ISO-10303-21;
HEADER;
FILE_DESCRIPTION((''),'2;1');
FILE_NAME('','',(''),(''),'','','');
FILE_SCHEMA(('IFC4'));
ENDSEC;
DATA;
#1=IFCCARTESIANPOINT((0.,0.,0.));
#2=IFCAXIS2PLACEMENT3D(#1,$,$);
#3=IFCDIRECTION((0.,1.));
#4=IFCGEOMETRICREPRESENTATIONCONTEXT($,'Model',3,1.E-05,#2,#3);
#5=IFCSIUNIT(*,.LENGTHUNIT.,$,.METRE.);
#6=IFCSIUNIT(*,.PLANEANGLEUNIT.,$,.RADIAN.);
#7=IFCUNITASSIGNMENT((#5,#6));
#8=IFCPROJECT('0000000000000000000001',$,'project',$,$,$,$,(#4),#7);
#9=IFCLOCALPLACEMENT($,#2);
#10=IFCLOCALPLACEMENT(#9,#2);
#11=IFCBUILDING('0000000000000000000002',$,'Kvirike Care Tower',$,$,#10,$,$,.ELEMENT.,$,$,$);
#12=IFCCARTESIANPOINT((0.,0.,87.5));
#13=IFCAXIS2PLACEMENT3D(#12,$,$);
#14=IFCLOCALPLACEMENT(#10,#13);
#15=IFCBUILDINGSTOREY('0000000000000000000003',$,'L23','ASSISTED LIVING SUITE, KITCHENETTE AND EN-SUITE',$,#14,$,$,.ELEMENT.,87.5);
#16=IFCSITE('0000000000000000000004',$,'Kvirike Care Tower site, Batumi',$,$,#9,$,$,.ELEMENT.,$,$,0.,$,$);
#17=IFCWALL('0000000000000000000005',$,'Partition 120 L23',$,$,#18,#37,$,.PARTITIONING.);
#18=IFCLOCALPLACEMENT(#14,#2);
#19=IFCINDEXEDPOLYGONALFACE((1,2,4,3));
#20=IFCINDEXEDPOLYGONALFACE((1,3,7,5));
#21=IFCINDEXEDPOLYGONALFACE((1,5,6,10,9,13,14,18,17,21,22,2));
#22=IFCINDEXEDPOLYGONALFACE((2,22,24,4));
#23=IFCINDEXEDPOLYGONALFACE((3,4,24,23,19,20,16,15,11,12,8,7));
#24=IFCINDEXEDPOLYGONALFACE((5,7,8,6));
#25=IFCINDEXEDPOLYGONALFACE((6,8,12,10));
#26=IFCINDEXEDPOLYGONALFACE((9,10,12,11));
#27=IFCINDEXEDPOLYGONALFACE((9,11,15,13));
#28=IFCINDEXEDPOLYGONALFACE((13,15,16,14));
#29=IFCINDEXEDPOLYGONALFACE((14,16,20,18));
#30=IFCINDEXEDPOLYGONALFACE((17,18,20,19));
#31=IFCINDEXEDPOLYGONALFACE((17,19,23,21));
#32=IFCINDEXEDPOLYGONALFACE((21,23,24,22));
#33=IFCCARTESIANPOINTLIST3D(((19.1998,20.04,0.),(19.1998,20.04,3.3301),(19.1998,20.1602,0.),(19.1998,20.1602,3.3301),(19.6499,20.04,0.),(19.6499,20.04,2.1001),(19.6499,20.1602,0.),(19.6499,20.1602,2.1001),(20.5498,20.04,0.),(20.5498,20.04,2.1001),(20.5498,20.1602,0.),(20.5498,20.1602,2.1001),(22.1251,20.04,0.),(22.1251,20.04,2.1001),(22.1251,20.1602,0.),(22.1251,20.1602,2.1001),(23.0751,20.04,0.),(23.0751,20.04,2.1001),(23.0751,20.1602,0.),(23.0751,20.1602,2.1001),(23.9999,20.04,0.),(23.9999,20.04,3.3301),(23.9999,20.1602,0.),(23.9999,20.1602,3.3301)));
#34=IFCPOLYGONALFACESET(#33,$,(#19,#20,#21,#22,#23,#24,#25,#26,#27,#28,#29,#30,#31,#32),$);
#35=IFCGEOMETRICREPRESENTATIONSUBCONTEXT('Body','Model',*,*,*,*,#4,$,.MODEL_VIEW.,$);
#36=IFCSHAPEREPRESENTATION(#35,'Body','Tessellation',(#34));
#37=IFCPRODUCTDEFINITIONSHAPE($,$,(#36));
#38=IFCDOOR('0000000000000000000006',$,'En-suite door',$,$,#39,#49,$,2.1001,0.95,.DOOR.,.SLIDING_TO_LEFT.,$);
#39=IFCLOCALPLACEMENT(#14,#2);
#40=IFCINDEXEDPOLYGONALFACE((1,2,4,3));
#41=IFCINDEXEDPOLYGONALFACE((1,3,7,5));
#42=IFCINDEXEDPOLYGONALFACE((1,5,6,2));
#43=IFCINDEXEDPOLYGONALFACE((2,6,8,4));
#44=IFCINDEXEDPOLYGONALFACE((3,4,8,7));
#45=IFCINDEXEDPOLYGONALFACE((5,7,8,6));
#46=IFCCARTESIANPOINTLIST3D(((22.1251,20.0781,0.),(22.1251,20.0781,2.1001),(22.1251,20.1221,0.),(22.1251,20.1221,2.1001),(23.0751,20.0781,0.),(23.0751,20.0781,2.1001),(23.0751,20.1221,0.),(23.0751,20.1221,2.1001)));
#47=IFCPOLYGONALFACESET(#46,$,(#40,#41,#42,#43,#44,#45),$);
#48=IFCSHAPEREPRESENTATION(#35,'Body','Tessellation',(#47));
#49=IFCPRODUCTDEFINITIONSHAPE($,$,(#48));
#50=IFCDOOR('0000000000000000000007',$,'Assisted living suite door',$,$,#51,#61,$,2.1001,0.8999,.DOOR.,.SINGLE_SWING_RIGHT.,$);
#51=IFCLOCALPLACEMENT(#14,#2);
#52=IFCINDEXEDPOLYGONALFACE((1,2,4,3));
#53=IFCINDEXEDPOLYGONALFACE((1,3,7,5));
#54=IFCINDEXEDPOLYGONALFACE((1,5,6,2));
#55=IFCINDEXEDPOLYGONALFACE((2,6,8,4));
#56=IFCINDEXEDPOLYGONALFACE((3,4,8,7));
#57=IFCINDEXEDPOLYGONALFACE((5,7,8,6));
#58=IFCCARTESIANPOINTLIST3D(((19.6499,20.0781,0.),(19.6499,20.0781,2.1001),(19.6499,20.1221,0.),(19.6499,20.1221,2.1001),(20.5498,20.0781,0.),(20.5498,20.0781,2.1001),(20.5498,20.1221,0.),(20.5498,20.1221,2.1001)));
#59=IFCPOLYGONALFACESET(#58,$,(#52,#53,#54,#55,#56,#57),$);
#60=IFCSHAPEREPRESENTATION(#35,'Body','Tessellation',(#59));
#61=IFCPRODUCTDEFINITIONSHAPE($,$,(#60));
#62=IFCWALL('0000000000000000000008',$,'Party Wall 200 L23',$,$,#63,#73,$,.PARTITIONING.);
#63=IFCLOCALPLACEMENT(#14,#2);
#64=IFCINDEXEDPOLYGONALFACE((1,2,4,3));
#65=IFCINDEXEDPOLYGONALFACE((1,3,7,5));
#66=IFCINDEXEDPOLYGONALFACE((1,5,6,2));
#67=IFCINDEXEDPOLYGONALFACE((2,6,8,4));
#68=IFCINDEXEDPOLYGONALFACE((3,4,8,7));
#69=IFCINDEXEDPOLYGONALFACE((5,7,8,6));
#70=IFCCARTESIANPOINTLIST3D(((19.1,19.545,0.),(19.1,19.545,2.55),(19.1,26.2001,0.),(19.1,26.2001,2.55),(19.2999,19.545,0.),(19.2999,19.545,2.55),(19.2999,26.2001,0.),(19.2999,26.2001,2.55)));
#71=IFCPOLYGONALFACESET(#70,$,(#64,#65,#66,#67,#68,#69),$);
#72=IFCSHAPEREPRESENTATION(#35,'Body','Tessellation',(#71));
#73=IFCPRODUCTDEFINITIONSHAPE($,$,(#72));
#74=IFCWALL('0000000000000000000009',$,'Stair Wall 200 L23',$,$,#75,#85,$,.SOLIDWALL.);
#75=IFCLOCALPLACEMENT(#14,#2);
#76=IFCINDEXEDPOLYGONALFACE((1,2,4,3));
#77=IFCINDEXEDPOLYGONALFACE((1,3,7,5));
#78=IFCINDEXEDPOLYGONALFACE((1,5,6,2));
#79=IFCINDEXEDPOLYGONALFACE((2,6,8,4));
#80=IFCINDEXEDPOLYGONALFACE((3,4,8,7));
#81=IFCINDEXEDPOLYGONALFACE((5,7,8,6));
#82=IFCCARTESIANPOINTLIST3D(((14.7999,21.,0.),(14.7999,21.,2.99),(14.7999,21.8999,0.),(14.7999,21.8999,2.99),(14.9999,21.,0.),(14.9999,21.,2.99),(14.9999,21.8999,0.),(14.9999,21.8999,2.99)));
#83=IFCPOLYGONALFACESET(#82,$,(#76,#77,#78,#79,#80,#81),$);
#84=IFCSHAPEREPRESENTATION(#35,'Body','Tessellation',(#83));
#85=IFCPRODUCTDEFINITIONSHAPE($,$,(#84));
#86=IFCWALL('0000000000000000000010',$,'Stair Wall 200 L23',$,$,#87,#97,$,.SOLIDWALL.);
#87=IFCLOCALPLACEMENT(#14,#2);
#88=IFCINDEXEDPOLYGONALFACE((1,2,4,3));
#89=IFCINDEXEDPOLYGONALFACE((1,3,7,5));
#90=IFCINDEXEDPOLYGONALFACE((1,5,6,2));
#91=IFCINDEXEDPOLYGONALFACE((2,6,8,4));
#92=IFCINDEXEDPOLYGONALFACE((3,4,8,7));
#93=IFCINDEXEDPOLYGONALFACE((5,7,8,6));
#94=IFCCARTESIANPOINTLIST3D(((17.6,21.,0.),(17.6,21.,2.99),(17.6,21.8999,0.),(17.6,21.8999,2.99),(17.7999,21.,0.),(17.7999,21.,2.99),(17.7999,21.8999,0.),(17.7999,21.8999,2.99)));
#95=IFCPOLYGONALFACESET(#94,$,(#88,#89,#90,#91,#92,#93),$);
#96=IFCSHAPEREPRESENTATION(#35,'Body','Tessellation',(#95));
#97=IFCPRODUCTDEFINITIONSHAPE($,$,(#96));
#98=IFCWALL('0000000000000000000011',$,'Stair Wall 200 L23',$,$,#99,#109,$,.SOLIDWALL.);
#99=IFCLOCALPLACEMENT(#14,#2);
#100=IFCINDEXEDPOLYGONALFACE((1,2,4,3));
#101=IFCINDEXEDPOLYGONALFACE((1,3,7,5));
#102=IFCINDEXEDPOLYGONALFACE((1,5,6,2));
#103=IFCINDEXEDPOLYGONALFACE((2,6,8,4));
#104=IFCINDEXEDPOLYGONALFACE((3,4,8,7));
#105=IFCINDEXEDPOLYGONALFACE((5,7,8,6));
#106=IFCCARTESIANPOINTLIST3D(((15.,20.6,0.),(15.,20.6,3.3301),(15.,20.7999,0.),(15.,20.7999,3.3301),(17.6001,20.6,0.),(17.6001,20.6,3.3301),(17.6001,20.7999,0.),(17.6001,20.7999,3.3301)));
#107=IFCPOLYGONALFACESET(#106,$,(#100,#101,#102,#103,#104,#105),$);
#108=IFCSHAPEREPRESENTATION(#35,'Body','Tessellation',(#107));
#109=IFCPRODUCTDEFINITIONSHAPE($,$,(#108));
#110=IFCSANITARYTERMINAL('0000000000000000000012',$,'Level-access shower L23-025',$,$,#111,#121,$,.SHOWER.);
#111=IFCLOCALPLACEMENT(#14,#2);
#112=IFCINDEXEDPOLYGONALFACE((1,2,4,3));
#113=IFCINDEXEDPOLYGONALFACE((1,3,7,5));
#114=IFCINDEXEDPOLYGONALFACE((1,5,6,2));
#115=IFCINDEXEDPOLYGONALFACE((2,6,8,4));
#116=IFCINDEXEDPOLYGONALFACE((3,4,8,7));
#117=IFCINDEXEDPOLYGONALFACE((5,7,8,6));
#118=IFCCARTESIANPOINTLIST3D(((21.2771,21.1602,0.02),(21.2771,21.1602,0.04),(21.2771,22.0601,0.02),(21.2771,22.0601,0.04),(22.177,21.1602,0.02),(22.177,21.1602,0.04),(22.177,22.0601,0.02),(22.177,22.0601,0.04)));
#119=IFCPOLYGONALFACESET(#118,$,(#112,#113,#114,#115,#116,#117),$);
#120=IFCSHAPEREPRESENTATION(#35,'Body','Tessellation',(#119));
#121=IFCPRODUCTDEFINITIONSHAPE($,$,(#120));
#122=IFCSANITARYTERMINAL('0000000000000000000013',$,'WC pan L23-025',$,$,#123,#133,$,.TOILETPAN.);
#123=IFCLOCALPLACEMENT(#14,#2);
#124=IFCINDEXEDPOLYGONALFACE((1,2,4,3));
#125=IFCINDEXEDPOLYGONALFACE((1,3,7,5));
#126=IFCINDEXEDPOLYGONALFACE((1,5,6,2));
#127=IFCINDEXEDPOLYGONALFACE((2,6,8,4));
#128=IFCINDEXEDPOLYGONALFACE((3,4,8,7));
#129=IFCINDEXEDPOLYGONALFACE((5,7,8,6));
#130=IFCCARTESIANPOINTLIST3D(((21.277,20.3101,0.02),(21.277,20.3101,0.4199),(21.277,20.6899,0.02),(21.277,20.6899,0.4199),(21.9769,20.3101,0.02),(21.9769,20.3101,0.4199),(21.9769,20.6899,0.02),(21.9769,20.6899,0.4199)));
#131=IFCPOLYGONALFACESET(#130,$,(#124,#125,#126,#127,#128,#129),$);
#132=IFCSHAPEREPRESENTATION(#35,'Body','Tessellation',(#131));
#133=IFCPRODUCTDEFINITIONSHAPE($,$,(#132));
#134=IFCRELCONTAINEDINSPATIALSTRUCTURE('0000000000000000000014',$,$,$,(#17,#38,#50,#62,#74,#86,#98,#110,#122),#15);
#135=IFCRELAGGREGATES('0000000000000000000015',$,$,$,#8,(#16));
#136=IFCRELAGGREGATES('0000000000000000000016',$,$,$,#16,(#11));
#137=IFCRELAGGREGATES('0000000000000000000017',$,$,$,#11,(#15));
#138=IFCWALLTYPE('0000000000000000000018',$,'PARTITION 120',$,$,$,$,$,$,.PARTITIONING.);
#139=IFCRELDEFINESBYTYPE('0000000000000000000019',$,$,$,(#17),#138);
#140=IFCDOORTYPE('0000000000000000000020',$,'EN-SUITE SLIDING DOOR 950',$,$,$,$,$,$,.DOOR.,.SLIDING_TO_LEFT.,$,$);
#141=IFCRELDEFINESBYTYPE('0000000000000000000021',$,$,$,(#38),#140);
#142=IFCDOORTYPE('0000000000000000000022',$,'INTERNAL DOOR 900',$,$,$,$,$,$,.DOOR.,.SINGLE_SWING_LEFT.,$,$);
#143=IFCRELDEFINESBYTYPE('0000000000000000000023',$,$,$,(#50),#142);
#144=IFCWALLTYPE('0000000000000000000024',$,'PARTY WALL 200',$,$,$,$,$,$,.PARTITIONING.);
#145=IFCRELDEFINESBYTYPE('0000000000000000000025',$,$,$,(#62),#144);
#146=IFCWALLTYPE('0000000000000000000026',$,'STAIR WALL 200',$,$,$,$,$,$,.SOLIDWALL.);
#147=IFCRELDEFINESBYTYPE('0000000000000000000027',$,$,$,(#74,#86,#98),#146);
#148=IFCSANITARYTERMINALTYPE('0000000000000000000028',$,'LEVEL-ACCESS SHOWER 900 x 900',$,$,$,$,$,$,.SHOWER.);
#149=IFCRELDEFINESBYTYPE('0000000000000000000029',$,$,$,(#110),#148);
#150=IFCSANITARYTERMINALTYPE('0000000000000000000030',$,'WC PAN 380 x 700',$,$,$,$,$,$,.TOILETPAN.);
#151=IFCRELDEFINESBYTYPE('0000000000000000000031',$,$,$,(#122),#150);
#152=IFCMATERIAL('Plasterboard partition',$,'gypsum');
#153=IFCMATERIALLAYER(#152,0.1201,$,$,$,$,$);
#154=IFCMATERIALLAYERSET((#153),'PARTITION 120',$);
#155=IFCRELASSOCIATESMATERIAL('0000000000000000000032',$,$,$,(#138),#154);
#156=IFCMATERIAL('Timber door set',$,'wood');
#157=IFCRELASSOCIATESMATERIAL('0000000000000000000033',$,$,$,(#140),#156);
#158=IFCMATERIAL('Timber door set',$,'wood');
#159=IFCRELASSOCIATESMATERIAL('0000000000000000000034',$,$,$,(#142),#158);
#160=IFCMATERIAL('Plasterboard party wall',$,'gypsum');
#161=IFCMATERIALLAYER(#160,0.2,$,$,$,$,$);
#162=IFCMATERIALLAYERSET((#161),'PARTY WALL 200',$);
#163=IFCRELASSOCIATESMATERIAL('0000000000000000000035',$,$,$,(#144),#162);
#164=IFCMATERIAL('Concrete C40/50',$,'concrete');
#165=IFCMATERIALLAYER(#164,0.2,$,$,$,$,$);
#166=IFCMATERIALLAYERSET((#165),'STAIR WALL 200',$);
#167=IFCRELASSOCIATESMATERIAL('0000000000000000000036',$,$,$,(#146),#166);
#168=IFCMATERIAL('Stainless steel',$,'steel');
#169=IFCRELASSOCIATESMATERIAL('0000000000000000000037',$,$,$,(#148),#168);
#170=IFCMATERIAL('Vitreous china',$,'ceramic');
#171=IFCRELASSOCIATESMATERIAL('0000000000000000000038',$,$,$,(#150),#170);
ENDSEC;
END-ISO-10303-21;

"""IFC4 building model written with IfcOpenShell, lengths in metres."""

from ifc_helpers import new_model, si_unit, direction, frame, frame_2d, origin, origin_2d, place, context, subcontext, project, spatial, rectangle, extrude, material, layer, layer_set, type_object, element, fill, save


model = new_model("IFC4")

# Units and contexts
model_context = context("Model", 3, precision=1e-05, world=origin(), true_north=direction((0.0, 1.0)))
body_context = subcontext(model_context, "Body", "Model", "MODEL_VIEW")
ifc_project = project(units=[si_unit("LENGTHUNIT", "METRE"), si_unit("PLANEANGLEUNIT", "RADIAN")], contexts=[model_context])

# Site, building, storey
site_placement = place(None, origin())
site = spatial("IfcSite", under=ifc_project, at=site_placement, Name="Kvirike Care Tower site, Batumi", CompositionType="ELEMENT", RefElevation=0.0)
building_placement = place(site_placement, origin())
building = spatial("IfcBuilding", under=site, at=building_placement, Name="Kvirike Care Tower", CompositionType="ELEMENT")
storey_placement = place(building_placement, frame((0.0, 0.0, 87.5)))
storey = spatial("IfcBuildingStorey", under=building, at=storey_placement, Name="L23", Description="ASSISTED LIVING SUITE, KITCHENETTE AND EN-SUITE", CompositionType="ELEMENT", Elevation=87.5)

# Wall, openings, doors
ifc_material_1 = material(Name="Plasterboard partition", Category="gypsum")
ifc_layer_1 = layer(ifc_material_1, 0.1201)
ifc_layer_set_1 = layer_set([ifc_layer_1], Name="PARTITION 120")
wall_type_1 = type_object("IfcWallType", Name="PARTITION 120", PredefinedType="PARTITIONING", material=ifc_layer_set_1)
wall_1_placement = place(storey_placement, frame((19.2, 20.1001, 0.0), z_axis=(0.0, 0.0, 1.0), x_axis=(1.0, 0.0, 0.0)))
wall_1 = element("IfcWall", 1, at=wall_1_placement, inside=storey, type_object=wall_type_1, Name="Partition 120 L23", PredefinedType="PARTITIONING", context=body_context, shape_type="SweptSolid", body=[
    extrude(rectangle(XDim=4.8, YDim=0.1201, at=frame_2d((2.3999, 0.0))), origin(), (0.0, 0.0, 1.0), 3.3301),
])
opening_1_placement = place(wall_1_placement, frame((0.45, 0.0, 0.0)))
opening_1 = element("IfcOpeningElement", 2, at=opening_1_placement, cuts=wall_1, PredefinedType="OPENING", context=body_context, shape_type="SweptSolid", body=[
    extrude(rectangle(XDim=0.8999, YDim=2.1001, at=frame_2d((0.45, 1.05))), frame((0.0, 0.0706, 0.0), z_axis=(0.0, -1.0, 0.0), x_axis=(1.0, 0.0, 0.0)), (0.0, 0.0, 1.0), 0.1411),
])
opening_2_placement = place(wall_1_placement, frame((2.925, 0.0, 0.0)))
opening_2 = element("IfcOpeningElement", 3, at=opening_2_placement, cuts=wall_1, PredefinedType="OPENING", context=body_context, shape_type="SweptSolid", body=[
    extrude(rectangle(XDim=0.95, YDim=2.1001, at=frame_2d((0.4751, 1.05))), frame((0.0, 0.0706, 0.0), z_axis=(0.0, -1.0, 0.0), x_axis=(1.0, 0.0, 0.0)), (0.0, 0.0, 1.0), 0.1411),
])
ifc_material_2 = material(Name="Timber door set", Category="wood")
door_type_1 = type_object("IfcDoorType", Name="EN-SUITE SLIDING DOOR 950", OperationType="SLIDING_TO_LEFT", PredefinedType="DOOR", material=ifc_material_2)
door_1_placement = place(opening_2_placement, origin())
door_1 = element("IfcDoor", 4, at=door_1_placement, inside=storey, type_object=door_type_1, Name="En-suite door", OperationType="SLIDING_TO_LEFT", OverallHeight=2.1001, OverallWidth=0.95, PredefinedType="DOOR", context=body_context, shape_type="SweptSolid", body=[
    extrude(rectangle(XDim=0.95, YDim=2.1001, at=frame_2d((0.4751, 1.05))), frame((0.0, 0.022, 0.0), z_axis=(0.0, -1.0, 0.0), x_axis=(1.0, 0.0, 0.0)), (0.0, 0.0, 1.0), 0.0439),
])
fill(opening_2, door_1)
ifc_material_3 = material(Name="Timber door set", Category="wood")
door_type_2 = type_object("IfcDoorType", Name="INTERNAL DOOR 900", OperationType="SINGLE_SWING_LEFT", PredefinedType="DOOR", material=ifc_material_3)
door_2_placement = place(opening_1_placement, origin())
door_2 = element("IfcDoor", 5, at=door_2_placement, inside=storey, type_object=door_type_2, Name="Assisted living suite door", OperationType="SINGLE_SWING_RIGHT", OverallHeight=2.1001, OverallWidth=0.8999, PredefinedType="DOOR", context=body_context, shape_type="SweptSolid", body=[
    extrude(rectangle(XDim=0.8999, YDim=2.1001, at=frame_2d((0.45, 1.05))), frame((0.0, 0.022, 0.0), z_axis=(0.0, -1.0, 0.0), x_axis=(1.0, 0.0, 0.0)), (0.0, 0.0, 1.0), 0.0439),
])
fill(opening_1, door_2)

# Walls
ifc_material_4 = material(Name="Plasterboard party wall", Category="gypsum")
ifc_layer_2 = layer(ifc_material_4, 0.2)
ifc_layer_set_2 = layer_set([ifc_layer_2], Name="PARTY WALL 200")
wall_type_2 = type_object("IfcWallType", Name="PARTY WALL 200", PredefinedType="PARTITIONING", material=ifc_layer_set_2)
wall_2_placement = place(storey_placement, frame((19.2, 19.5449, 0.0), z_axis=(0.0, 0.0, 1.0), x_axis=(0.0, 1.0, 0.0)))
element("IfcWall", 6, at=wall_2_placement, inside=storey, type_object=wall_type_2, Name="Party Wall 200 L23", PredefinedType="PARTITIONING", context=body_context, shape_type="SweptSolid", body=[
    extrude(rectangle(XDim=6.655, YDim=0.2, at=frame_2d((3.3276, 0.0))), origin(), (0.0, 0.0, 1.0), 2.55),
])
ifc_material_5 = material(Name="Concrete C40/50", Category="concrete")
ifc_layer_3 = layer(ifc_material_5, 0.2)
ifc_layer_set_3 = layer_set([ifc_layer_3], Name="STAIR WALL 200")
wall_type_3 = type_object("IfcWallType", Name="STAIR WALL 200", PredefinedType="SOLIDWALL", material=ifc_layer_set_3)
for number, where, z_axis, x_axis, name in (
    (7, (14.8999, 21.0, 0.0), (0.0, 0.0, 1.0), (0.0, 1.0, 0.0), "Stair Wall 200 L23"),
    (8, (17.7, 21.0, 0.0), (0.0, 0.0, 1.0), (0.0, 1.0, 0.0), "Stair Wall 200 L23"),
):
    element("IfcWall", number, at=place(storey_placement, frame(where, z_axis=z_axis, x_axis=x_axis)), inside=storey, type_object=wall_type_3, Name=name, PredefinedType="SOLIDWALL", context=body_context, shape_type="SweptSolid", body=[
        extrude(rectangle(XDim=0.8999, YDim=0.2, at=frame_2d((0.45, 0.0))), origin(), (0.0, 0.0, 1.0), 2.99),
    ])
wall_3_placement = place(storey_placement, frame((15.0, 20.7, 0.0), z_axis=(0.0, 0.0, 1.0), x_axis=(1.0, 0.0, 0.0)))
element("IfcWall", 9, at=wall_3_placement, inside=storey, type_object=wall_type_3, Name="Stair Wall 200 L23", PredefinedType="SOLIDWALL", context=body_context, shape_type="SweptSolid", body=[
    extrude(rectangle(XDim=2.6001, YDim=0.2, at=frame_2d((1.3, 0.0))), origin(), (0.0, 0.0, 1.0), 3.3301),
])

# Sanitary terminals
ifc_material_6 = material(Name="Stainless steel", Category="steel")
sanitary_terminal_type_1 = type_object("IfcSanitaryTerminalType", Name="LEVEL-ACCESS SHOWER 900 x 900", PredefinedType="SHOWER", material=ifc_material_6)
sanitary_terminal_1_placement = place(storey_placement, frame((21.7271, 21.6101, 0.02), z_axis=(0.0, 0.0, 1.0), x_axis=(0.0, 1.0, 0.0)))
element("IfcSanitaryTerminal", 10, at=sanitary_terminal_1_placement, inside=storey, type_object=sanitary_terminal_type_1, Name="Level-access shower L23-025", PredefinedType="SHOWER", context=body_context, shape_type="SweptSolid", body=[
    extrude(rectangle(XDim=0.8999, YDim=0.8999, at=origin_2d()), origin(), (0.0, 0.0, 1.0), 0.02),
])
ifc_material_7 = material(Name="Vitreous china", Category="ceramic")
sanitary_terminal_type_2 = type_object("IfcSanitaryTerminalType", Name="WC PAN 380 x 700", PredefinedType="TOILETPAN", material=ifc_material_7)
sanitary_terminal_2_placement = place(storey_placement, frame((21.627, 20.5, 0.02), z_axis=(0.0, 0.0, 1.0), x_axis=(0.0, 1.0, 0.0)))
element("IfcSanitaryTerminal", 11, at=sanitary_terminal_2_placement, inside=storey, type_object=sanitary_terminal_type_2, Name="WC pan L23-025", PredefinedType="TOILETPAN", context=body_context, shape_type="SweptSolid", body=[
    extrude(rectangle(XDim=0.3799, YDim=0.7, at=origin_2d()), origin(), (0.0, 0.0, 1.0), 0.3999),
])

save(model, "model.ifc")
